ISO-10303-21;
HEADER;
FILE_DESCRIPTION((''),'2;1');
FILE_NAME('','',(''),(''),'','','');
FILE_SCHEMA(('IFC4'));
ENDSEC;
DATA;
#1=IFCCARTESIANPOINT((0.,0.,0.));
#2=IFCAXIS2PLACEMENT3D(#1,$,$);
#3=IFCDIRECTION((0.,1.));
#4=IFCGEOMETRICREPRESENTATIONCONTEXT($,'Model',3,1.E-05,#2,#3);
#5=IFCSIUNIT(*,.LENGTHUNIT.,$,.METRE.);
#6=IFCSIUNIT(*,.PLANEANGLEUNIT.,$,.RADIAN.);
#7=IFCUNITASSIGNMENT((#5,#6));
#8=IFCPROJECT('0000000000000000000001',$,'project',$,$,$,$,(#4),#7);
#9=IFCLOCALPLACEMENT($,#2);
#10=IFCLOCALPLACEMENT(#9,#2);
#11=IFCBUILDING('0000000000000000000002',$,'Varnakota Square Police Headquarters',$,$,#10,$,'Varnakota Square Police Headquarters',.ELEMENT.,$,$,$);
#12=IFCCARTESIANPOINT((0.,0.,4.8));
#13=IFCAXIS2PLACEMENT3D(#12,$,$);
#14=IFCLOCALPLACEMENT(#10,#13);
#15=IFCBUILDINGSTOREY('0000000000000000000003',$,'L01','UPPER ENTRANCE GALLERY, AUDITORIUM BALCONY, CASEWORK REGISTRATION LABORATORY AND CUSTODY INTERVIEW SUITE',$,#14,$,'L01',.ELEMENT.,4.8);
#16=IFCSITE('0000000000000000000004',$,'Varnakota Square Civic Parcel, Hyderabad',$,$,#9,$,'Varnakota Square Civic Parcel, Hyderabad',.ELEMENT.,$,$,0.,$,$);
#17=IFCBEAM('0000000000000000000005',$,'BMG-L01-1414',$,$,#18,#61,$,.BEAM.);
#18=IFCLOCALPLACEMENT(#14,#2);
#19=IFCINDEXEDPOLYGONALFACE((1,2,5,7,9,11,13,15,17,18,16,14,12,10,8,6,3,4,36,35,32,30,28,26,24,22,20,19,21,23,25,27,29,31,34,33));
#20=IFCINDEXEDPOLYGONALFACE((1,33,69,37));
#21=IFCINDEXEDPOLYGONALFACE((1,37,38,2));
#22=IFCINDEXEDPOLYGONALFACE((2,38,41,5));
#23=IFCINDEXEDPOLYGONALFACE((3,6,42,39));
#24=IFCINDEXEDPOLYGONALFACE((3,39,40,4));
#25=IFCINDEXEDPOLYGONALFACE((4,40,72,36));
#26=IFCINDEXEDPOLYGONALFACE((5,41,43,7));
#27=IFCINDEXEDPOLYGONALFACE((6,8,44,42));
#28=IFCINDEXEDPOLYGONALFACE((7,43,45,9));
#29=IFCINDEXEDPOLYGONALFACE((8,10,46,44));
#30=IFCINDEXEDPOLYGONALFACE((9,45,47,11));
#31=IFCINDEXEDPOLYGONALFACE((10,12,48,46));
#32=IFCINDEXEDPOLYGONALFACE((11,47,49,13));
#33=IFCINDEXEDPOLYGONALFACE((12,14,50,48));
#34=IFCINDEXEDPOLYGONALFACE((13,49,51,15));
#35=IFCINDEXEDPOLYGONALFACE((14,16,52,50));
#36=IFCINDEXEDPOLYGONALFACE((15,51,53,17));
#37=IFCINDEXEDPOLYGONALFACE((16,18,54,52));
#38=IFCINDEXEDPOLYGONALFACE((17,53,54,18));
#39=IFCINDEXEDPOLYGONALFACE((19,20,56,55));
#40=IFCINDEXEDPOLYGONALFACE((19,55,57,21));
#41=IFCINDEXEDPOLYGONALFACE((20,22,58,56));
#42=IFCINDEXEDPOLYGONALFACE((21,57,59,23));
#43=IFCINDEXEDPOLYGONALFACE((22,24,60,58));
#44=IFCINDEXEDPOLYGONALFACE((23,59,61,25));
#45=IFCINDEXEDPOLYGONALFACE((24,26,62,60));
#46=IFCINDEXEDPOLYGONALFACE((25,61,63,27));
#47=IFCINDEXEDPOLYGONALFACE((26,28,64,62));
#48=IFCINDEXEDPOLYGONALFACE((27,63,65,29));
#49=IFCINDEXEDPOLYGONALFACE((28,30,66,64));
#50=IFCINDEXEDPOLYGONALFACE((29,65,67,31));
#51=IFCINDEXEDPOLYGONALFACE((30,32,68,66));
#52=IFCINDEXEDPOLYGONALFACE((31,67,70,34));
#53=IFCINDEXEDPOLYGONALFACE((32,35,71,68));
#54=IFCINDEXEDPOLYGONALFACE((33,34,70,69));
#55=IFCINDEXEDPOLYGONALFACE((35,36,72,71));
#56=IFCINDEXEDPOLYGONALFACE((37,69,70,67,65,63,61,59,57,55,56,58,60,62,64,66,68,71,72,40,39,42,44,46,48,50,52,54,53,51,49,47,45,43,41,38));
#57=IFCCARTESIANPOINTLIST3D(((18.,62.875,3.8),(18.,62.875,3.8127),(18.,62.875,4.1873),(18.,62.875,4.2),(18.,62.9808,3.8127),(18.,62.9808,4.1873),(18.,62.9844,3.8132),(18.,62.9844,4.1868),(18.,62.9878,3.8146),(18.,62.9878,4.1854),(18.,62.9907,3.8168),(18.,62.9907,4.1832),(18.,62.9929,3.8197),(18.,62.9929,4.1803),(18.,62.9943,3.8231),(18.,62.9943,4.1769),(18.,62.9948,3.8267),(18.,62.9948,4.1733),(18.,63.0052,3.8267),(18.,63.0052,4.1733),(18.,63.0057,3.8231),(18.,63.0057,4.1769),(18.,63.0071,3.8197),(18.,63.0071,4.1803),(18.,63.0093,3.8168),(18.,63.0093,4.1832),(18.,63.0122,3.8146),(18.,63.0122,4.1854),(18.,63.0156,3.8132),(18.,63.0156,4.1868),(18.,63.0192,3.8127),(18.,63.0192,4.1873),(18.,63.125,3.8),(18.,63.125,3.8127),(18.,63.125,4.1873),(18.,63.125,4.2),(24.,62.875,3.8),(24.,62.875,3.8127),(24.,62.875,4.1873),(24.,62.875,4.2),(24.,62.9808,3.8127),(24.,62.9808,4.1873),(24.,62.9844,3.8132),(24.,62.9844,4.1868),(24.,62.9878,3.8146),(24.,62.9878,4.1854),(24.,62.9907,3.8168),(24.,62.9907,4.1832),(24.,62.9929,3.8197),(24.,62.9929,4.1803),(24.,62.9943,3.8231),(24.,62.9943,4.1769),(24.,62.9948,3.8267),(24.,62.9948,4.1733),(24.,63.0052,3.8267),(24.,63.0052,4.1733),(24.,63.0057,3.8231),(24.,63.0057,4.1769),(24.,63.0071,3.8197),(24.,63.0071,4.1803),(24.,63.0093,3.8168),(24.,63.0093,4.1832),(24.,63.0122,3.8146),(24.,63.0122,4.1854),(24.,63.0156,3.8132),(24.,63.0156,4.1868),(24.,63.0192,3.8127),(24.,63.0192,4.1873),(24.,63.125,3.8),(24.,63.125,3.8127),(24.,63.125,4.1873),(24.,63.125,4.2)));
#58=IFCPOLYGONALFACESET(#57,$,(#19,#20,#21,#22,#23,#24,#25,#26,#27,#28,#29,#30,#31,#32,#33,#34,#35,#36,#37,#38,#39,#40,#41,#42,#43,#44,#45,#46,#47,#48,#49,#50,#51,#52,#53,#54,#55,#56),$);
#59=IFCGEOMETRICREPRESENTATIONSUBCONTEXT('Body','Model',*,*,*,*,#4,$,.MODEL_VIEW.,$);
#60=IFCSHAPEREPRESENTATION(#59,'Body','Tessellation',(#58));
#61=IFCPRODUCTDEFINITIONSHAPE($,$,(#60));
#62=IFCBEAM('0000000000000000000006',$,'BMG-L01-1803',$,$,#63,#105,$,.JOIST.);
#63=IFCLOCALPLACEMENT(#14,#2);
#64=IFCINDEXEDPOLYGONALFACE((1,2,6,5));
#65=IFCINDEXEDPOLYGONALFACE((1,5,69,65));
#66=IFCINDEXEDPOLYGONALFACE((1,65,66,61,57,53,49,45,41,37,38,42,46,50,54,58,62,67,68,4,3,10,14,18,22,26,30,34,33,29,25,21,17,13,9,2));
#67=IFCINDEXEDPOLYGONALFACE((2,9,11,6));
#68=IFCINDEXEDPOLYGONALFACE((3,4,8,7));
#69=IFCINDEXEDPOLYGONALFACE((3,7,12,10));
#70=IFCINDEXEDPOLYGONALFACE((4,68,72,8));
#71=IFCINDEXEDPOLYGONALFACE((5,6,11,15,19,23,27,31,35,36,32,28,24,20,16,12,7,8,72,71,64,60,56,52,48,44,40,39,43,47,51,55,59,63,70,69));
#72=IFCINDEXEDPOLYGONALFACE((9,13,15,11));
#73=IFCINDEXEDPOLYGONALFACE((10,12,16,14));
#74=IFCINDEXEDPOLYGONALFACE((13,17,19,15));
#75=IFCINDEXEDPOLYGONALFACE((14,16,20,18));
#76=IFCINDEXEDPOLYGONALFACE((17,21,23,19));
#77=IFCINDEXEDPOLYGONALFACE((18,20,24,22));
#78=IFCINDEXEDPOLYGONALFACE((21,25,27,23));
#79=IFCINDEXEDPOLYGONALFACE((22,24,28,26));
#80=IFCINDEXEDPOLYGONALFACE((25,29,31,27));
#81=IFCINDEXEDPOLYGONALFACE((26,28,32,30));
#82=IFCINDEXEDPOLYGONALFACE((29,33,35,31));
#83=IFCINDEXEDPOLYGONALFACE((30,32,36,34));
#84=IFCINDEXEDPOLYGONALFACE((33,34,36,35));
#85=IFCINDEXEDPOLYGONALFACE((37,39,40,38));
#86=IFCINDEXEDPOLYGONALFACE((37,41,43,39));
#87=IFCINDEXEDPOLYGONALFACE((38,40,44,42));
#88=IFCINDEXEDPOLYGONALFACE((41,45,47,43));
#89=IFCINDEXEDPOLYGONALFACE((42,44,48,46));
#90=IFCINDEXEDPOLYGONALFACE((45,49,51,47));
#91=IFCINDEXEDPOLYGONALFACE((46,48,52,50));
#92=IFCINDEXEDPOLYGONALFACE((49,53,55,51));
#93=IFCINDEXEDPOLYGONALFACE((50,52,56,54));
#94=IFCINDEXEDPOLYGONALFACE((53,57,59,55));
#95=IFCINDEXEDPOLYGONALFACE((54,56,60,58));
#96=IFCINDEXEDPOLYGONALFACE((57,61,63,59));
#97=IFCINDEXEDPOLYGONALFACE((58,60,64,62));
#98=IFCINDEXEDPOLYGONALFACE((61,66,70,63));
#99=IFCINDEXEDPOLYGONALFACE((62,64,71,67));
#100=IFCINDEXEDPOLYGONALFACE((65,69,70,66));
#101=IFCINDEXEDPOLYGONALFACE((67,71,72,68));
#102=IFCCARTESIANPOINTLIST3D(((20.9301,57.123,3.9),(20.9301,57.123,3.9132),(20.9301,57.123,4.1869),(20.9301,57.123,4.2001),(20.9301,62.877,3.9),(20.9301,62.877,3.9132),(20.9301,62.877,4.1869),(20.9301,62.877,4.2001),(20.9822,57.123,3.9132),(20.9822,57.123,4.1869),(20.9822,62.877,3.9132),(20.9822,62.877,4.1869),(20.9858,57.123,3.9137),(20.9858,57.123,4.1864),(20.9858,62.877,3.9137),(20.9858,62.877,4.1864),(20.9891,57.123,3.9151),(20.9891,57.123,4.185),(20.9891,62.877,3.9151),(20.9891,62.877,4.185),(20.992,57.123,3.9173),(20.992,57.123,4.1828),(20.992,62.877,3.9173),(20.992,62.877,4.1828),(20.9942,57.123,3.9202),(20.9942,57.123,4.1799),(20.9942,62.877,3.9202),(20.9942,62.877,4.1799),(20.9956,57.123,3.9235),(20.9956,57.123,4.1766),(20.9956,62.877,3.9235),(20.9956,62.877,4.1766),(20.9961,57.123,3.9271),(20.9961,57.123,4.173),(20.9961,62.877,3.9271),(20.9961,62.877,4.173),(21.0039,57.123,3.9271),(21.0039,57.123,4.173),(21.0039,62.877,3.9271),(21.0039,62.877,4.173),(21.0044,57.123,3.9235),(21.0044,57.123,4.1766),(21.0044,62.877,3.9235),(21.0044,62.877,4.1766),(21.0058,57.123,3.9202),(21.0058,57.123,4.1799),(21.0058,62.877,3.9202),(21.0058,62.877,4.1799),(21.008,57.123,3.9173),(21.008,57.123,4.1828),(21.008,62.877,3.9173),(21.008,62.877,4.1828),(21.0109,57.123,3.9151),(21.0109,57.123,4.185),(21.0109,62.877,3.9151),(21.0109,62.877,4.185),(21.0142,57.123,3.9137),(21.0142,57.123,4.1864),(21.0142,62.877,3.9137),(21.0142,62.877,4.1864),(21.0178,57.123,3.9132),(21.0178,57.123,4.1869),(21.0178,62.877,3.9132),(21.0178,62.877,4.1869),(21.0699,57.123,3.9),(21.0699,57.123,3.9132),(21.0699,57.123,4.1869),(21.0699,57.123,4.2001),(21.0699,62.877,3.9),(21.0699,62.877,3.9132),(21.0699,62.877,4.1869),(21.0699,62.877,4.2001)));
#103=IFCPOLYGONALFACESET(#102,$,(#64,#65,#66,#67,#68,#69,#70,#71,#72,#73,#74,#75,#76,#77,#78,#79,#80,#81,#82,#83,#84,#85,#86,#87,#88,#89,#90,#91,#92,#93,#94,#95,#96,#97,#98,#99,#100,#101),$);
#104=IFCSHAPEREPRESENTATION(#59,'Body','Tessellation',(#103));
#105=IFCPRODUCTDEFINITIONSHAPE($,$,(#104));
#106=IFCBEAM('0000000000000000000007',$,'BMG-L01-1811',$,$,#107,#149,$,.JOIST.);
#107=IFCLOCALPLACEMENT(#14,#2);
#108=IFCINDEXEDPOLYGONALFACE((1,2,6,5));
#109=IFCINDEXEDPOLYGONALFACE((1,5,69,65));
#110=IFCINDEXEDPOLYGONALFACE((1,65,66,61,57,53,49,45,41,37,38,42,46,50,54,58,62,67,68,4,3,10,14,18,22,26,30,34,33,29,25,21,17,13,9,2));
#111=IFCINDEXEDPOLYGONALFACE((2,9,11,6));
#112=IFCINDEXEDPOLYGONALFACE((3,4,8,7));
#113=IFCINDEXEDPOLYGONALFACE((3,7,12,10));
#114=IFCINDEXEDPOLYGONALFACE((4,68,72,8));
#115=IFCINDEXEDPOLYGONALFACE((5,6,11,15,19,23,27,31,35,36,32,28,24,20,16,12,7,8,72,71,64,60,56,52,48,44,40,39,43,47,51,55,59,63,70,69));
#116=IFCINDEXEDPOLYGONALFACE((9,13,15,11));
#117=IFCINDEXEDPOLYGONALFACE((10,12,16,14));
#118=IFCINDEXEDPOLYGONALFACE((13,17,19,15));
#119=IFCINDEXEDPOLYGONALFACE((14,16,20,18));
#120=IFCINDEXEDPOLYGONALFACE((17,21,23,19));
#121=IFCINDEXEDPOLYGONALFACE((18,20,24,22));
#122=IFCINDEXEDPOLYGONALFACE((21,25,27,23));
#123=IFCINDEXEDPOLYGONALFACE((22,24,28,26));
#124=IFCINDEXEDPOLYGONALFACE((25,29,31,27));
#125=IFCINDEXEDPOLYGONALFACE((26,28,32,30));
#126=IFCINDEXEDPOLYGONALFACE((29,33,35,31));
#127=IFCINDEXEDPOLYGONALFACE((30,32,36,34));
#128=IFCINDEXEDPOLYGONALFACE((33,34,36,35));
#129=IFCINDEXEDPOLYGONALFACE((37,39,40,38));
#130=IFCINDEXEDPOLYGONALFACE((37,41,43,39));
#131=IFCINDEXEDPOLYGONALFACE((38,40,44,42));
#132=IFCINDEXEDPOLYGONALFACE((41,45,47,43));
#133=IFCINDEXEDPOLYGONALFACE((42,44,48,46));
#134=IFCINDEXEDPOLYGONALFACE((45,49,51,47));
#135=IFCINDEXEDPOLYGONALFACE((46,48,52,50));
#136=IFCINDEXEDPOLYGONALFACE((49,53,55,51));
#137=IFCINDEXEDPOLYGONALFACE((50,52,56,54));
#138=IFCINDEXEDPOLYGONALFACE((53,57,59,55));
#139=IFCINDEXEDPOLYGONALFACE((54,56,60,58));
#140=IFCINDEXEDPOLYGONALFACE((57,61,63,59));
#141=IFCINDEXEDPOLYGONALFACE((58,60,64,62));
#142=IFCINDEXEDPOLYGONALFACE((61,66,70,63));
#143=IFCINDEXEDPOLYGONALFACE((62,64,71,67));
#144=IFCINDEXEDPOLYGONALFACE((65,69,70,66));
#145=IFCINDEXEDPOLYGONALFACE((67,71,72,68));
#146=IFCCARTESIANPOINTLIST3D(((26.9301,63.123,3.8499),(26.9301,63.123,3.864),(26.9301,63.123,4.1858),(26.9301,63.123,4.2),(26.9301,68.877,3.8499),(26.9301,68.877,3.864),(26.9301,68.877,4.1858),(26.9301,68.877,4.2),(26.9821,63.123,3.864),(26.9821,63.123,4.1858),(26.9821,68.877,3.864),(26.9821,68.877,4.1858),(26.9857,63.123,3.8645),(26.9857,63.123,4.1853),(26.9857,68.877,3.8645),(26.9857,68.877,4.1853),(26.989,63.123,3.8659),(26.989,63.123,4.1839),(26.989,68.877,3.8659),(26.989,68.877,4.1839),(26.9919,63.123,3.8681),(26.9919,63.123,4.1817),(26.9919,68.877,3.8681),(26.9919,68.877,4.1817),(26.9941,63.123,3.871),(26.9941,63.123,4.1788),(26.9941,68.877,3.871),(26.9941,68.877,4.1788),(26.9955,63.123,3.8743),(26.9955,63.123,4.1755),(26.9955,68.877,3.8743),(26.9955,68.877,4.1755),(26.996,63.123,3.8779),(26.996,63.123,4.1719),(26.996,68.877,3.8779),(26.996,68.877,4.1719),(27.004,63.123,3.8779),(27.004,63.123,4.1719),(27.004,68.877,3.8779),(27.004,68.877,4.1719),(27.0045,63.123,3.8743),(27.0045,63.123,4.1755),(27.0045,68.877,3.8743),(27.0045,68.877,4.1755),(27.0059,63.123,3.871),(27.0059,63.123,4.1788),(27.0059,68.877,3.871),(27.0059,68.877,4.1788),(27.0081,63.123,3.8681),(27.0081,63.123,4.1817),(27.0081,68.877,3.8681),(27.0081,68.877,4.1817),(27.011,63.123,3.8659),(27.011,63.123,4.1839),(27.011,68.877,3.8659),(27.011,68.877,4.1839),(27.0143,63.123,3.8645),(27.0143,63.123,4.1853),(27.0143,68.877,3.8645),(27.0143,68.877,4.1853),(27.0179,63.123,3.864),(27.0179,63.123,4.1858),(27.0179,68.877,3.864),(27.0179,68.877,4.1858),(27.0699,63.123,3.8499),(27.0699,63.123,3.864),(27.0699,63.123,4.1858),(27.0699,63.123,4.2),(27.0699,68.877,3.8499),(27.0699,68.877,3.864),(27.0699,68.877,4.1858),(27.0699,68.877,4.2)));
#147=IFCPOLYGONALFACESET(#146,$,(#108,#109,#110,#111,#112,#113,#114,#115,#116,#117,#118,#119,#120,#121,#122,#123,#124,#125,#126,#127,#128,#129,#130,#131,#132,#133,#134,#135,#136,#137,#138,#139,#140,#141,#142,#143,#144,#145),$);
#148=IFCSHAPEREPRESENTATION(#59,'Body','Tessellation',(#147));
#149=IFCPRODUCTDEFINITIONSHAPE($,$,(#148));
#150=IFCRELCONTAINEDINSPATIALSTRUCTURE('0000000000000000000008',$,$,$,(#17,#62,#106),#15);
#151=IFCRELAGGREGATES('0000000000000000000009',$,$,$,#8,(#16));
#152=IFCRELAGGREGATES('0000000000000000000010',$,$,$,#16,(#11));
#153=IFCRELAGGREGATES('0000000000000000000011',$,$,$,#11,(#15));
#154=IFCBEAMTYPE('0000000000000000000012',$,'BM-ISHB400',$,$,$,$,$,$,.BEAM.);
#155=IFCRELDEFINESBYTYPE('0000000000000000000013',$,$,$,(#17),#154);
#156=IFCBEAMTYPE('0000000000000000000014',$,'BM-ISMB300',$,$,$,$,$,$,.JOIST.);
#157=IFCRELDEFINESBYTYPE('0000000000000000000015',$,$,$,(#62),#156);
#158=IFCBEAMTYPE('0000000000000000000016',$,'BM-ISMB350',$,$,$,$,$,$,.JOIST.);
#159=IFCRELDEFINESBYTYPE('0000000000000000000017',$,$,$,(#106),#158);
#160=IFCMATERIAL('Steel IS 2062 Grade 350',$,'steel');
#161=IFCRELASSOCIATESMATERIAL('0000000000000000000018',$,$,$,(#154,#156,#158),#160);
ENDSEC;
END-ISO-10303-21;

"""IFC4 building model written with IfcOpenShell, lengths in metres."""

from ifc_helpers import new_model, si_unit, direction, frame, origin, origin_2d, place, context, subcontext, project, spatial, i_section, extrude, material, material_profile, profile_set, type_object, element, save


model = new_model("IFC4")

# Units and contexts
model_context = context("Model", 3, precision=1e-05, world=origin(), true_north=direction((0.0, 1.0)))
body_context = subcontext(model_context, "Body", "Model", "MODEL_VIEW")
ifc_project = project(units=[si_unit("LENGTHUNIT", "METRE"), si_unit("PLANEANGLEUNIT", "RADIAN")], contexts=[model_context])

# Site, building, storey
site_placement = place(None, origin())
site = spatial("IfcSite", under=ifc_project, at=site_placement, Name="Varnakota Square Civic Parcel, Hyderabad", LongName="Varnakota Square Civic Parcel, Hyderabad", CompositionType="ELEMENT", RefElevation=0.0)
building_placement = place(site_placement, origin())
building = spatial("IfcBuilding", under=site, at=building_placement, Name="Varnakota Square Police Headquarters", LongName="Varnakota Square Police Headquarters", CompositionType="ELEMENT")
storey_placement = place(building_placement, frame((0.0, 0.0, 4.8)))
storey = spatial("IfcBuildingStorey", under=building, at=storey_placement, Name="L01", Description="UPPER ENTRANCE GALLERY, AUDITORIUM BALCONY, CASEWORK REGISTRATION LABORATORY AND CUSTODY INTERVIEW SUITE", LongName="L01", CompositionType="ELEMENT", Elevation=4.8)

# Shared definitions
ifc_material_1 = material(Name="Steel IS 2062 Grade 350", Category="steel")

# Beams
ifc_material_profile_1 = material_profile(ifc_material_1, i_section(OverallWidth=0.25, OverallDepth=0.3999, WebThickness=0.0105, FlangeThickness=0.0127, FilletRadius=0.0139, at=origin_2d()), Name="ISHB 400")
ifc_profile_set_1 = profile_set([ifc_material_profile_1], Name="Steel IS 2062 Grade 350")
beam_type_1 = type_object("IfcBeamType", Name="BM-ISHB400", PredefinedType="BEAM", material=ifc_profile_set_1)
beam_1_placement = place(storey_placement, frame((18.0, 63.0, 4.0), z_axis=(1.0, 0.0, 0.0), x_axis=(0.0, 1.0, 0.0)))
element("IfcBeam", 1, at=beam_1_placement, inside=storey, type_object=beam_type_1, Name="BMG-L01-1414", PredefinedType="BEAM", context=body_context, shape_type="SweptSolid", body=[
    extrude(i_section(OverallWidth=0.25, OverallDepth=0.3999, WebThickness=0.0105, FlangeThickness=0.0127, FilletRadius=0.0139, at=origin_2d()), origin(), (0.0, 0.0, 1.0), 6.0),
])
ifc_material_profile_2 = material_profile(ifc_material_1, i_section(OverallWidth=0.1399, OverallDepth=0.3, WebThickness=0.0078, FlangeThickness=0.0132, FilletRadius=0.0139, at=origin_2d()), Name="ISMB 300")
ifc_profile_set_2 = profile_set([ifc_material_profile_2], Name="Steel IS 2062 Grade 350")
beam_type_2 = type_object("IfcBeamType", Name="BM-ISMB300", PredefinedType="JOIST", material=ifc_profile_set_2)
beam_2_placement = place(storey_placement, frame((21.0, 57.123, 4.05), z_axis=(0.0, 1.0, 0.0), x_axis=(-1.0, 0.0, 0.0)))
element("IfcBeam", 2, at=beam_2_placement, inside=storey, type_object=beam_type_2, Name="BMG-L01-1803", PredefinedType="JOIST", context=body_context, shape_type="SweptSolid", body=[
    extrude(i_section(OverallWidth=0.1399, OverallDepth=0.3, WebThickness=0.0078, FlangeThickness=0.0132, FilletRadius=0.0139, at=origin_2d()), origin(), (0.0, 0.0, 1.0), 5.7539),
])
ifc_material_profile_3 = material_profile(ifc_material_1, i_section(OverallWidth=0.1399, OverallDepth=0.3501, WebThickness=0.0081, FlangeThickness=0.0142, FilletRadius=0.0139, at=origin_2d()), Name="ISMB 350")
ifc_profile_set_3 = profile_set([ifc_material_profile_3], Name="Steel IS 2062 Grade 350")
beam_type_3 = type_object("IfcBeamType", Name="BM-ISMB350", PredefinedType="JOIST", material=ifc_profile_set_3)
beam_3_placement = place(storey_placement, frame((27.0, 63.123, 4.0249), z_axis=(0.0, 1.0, 0.0), x_axis=(-1.0, 0.0, 0.0)))
element("IfcBeam", 3, at=beam_3_placement, inside=storey, type_object=beam_type_3, Name="BMG-L01-1811", PredefinedType="JOIST", context=body_context, shape_type="SweptSolid", body=[
    extrude(i_section(OverallWidth=0.1399, OverallDepth=0.3501, WebThickness=0.0081, FlangeThickness=0.0142, FilletRadius=0.0139, at=origin_2d()), origin(), (0.0, 0.0, 1.0), 5.7539),
])

save(model, "model.ifc")
